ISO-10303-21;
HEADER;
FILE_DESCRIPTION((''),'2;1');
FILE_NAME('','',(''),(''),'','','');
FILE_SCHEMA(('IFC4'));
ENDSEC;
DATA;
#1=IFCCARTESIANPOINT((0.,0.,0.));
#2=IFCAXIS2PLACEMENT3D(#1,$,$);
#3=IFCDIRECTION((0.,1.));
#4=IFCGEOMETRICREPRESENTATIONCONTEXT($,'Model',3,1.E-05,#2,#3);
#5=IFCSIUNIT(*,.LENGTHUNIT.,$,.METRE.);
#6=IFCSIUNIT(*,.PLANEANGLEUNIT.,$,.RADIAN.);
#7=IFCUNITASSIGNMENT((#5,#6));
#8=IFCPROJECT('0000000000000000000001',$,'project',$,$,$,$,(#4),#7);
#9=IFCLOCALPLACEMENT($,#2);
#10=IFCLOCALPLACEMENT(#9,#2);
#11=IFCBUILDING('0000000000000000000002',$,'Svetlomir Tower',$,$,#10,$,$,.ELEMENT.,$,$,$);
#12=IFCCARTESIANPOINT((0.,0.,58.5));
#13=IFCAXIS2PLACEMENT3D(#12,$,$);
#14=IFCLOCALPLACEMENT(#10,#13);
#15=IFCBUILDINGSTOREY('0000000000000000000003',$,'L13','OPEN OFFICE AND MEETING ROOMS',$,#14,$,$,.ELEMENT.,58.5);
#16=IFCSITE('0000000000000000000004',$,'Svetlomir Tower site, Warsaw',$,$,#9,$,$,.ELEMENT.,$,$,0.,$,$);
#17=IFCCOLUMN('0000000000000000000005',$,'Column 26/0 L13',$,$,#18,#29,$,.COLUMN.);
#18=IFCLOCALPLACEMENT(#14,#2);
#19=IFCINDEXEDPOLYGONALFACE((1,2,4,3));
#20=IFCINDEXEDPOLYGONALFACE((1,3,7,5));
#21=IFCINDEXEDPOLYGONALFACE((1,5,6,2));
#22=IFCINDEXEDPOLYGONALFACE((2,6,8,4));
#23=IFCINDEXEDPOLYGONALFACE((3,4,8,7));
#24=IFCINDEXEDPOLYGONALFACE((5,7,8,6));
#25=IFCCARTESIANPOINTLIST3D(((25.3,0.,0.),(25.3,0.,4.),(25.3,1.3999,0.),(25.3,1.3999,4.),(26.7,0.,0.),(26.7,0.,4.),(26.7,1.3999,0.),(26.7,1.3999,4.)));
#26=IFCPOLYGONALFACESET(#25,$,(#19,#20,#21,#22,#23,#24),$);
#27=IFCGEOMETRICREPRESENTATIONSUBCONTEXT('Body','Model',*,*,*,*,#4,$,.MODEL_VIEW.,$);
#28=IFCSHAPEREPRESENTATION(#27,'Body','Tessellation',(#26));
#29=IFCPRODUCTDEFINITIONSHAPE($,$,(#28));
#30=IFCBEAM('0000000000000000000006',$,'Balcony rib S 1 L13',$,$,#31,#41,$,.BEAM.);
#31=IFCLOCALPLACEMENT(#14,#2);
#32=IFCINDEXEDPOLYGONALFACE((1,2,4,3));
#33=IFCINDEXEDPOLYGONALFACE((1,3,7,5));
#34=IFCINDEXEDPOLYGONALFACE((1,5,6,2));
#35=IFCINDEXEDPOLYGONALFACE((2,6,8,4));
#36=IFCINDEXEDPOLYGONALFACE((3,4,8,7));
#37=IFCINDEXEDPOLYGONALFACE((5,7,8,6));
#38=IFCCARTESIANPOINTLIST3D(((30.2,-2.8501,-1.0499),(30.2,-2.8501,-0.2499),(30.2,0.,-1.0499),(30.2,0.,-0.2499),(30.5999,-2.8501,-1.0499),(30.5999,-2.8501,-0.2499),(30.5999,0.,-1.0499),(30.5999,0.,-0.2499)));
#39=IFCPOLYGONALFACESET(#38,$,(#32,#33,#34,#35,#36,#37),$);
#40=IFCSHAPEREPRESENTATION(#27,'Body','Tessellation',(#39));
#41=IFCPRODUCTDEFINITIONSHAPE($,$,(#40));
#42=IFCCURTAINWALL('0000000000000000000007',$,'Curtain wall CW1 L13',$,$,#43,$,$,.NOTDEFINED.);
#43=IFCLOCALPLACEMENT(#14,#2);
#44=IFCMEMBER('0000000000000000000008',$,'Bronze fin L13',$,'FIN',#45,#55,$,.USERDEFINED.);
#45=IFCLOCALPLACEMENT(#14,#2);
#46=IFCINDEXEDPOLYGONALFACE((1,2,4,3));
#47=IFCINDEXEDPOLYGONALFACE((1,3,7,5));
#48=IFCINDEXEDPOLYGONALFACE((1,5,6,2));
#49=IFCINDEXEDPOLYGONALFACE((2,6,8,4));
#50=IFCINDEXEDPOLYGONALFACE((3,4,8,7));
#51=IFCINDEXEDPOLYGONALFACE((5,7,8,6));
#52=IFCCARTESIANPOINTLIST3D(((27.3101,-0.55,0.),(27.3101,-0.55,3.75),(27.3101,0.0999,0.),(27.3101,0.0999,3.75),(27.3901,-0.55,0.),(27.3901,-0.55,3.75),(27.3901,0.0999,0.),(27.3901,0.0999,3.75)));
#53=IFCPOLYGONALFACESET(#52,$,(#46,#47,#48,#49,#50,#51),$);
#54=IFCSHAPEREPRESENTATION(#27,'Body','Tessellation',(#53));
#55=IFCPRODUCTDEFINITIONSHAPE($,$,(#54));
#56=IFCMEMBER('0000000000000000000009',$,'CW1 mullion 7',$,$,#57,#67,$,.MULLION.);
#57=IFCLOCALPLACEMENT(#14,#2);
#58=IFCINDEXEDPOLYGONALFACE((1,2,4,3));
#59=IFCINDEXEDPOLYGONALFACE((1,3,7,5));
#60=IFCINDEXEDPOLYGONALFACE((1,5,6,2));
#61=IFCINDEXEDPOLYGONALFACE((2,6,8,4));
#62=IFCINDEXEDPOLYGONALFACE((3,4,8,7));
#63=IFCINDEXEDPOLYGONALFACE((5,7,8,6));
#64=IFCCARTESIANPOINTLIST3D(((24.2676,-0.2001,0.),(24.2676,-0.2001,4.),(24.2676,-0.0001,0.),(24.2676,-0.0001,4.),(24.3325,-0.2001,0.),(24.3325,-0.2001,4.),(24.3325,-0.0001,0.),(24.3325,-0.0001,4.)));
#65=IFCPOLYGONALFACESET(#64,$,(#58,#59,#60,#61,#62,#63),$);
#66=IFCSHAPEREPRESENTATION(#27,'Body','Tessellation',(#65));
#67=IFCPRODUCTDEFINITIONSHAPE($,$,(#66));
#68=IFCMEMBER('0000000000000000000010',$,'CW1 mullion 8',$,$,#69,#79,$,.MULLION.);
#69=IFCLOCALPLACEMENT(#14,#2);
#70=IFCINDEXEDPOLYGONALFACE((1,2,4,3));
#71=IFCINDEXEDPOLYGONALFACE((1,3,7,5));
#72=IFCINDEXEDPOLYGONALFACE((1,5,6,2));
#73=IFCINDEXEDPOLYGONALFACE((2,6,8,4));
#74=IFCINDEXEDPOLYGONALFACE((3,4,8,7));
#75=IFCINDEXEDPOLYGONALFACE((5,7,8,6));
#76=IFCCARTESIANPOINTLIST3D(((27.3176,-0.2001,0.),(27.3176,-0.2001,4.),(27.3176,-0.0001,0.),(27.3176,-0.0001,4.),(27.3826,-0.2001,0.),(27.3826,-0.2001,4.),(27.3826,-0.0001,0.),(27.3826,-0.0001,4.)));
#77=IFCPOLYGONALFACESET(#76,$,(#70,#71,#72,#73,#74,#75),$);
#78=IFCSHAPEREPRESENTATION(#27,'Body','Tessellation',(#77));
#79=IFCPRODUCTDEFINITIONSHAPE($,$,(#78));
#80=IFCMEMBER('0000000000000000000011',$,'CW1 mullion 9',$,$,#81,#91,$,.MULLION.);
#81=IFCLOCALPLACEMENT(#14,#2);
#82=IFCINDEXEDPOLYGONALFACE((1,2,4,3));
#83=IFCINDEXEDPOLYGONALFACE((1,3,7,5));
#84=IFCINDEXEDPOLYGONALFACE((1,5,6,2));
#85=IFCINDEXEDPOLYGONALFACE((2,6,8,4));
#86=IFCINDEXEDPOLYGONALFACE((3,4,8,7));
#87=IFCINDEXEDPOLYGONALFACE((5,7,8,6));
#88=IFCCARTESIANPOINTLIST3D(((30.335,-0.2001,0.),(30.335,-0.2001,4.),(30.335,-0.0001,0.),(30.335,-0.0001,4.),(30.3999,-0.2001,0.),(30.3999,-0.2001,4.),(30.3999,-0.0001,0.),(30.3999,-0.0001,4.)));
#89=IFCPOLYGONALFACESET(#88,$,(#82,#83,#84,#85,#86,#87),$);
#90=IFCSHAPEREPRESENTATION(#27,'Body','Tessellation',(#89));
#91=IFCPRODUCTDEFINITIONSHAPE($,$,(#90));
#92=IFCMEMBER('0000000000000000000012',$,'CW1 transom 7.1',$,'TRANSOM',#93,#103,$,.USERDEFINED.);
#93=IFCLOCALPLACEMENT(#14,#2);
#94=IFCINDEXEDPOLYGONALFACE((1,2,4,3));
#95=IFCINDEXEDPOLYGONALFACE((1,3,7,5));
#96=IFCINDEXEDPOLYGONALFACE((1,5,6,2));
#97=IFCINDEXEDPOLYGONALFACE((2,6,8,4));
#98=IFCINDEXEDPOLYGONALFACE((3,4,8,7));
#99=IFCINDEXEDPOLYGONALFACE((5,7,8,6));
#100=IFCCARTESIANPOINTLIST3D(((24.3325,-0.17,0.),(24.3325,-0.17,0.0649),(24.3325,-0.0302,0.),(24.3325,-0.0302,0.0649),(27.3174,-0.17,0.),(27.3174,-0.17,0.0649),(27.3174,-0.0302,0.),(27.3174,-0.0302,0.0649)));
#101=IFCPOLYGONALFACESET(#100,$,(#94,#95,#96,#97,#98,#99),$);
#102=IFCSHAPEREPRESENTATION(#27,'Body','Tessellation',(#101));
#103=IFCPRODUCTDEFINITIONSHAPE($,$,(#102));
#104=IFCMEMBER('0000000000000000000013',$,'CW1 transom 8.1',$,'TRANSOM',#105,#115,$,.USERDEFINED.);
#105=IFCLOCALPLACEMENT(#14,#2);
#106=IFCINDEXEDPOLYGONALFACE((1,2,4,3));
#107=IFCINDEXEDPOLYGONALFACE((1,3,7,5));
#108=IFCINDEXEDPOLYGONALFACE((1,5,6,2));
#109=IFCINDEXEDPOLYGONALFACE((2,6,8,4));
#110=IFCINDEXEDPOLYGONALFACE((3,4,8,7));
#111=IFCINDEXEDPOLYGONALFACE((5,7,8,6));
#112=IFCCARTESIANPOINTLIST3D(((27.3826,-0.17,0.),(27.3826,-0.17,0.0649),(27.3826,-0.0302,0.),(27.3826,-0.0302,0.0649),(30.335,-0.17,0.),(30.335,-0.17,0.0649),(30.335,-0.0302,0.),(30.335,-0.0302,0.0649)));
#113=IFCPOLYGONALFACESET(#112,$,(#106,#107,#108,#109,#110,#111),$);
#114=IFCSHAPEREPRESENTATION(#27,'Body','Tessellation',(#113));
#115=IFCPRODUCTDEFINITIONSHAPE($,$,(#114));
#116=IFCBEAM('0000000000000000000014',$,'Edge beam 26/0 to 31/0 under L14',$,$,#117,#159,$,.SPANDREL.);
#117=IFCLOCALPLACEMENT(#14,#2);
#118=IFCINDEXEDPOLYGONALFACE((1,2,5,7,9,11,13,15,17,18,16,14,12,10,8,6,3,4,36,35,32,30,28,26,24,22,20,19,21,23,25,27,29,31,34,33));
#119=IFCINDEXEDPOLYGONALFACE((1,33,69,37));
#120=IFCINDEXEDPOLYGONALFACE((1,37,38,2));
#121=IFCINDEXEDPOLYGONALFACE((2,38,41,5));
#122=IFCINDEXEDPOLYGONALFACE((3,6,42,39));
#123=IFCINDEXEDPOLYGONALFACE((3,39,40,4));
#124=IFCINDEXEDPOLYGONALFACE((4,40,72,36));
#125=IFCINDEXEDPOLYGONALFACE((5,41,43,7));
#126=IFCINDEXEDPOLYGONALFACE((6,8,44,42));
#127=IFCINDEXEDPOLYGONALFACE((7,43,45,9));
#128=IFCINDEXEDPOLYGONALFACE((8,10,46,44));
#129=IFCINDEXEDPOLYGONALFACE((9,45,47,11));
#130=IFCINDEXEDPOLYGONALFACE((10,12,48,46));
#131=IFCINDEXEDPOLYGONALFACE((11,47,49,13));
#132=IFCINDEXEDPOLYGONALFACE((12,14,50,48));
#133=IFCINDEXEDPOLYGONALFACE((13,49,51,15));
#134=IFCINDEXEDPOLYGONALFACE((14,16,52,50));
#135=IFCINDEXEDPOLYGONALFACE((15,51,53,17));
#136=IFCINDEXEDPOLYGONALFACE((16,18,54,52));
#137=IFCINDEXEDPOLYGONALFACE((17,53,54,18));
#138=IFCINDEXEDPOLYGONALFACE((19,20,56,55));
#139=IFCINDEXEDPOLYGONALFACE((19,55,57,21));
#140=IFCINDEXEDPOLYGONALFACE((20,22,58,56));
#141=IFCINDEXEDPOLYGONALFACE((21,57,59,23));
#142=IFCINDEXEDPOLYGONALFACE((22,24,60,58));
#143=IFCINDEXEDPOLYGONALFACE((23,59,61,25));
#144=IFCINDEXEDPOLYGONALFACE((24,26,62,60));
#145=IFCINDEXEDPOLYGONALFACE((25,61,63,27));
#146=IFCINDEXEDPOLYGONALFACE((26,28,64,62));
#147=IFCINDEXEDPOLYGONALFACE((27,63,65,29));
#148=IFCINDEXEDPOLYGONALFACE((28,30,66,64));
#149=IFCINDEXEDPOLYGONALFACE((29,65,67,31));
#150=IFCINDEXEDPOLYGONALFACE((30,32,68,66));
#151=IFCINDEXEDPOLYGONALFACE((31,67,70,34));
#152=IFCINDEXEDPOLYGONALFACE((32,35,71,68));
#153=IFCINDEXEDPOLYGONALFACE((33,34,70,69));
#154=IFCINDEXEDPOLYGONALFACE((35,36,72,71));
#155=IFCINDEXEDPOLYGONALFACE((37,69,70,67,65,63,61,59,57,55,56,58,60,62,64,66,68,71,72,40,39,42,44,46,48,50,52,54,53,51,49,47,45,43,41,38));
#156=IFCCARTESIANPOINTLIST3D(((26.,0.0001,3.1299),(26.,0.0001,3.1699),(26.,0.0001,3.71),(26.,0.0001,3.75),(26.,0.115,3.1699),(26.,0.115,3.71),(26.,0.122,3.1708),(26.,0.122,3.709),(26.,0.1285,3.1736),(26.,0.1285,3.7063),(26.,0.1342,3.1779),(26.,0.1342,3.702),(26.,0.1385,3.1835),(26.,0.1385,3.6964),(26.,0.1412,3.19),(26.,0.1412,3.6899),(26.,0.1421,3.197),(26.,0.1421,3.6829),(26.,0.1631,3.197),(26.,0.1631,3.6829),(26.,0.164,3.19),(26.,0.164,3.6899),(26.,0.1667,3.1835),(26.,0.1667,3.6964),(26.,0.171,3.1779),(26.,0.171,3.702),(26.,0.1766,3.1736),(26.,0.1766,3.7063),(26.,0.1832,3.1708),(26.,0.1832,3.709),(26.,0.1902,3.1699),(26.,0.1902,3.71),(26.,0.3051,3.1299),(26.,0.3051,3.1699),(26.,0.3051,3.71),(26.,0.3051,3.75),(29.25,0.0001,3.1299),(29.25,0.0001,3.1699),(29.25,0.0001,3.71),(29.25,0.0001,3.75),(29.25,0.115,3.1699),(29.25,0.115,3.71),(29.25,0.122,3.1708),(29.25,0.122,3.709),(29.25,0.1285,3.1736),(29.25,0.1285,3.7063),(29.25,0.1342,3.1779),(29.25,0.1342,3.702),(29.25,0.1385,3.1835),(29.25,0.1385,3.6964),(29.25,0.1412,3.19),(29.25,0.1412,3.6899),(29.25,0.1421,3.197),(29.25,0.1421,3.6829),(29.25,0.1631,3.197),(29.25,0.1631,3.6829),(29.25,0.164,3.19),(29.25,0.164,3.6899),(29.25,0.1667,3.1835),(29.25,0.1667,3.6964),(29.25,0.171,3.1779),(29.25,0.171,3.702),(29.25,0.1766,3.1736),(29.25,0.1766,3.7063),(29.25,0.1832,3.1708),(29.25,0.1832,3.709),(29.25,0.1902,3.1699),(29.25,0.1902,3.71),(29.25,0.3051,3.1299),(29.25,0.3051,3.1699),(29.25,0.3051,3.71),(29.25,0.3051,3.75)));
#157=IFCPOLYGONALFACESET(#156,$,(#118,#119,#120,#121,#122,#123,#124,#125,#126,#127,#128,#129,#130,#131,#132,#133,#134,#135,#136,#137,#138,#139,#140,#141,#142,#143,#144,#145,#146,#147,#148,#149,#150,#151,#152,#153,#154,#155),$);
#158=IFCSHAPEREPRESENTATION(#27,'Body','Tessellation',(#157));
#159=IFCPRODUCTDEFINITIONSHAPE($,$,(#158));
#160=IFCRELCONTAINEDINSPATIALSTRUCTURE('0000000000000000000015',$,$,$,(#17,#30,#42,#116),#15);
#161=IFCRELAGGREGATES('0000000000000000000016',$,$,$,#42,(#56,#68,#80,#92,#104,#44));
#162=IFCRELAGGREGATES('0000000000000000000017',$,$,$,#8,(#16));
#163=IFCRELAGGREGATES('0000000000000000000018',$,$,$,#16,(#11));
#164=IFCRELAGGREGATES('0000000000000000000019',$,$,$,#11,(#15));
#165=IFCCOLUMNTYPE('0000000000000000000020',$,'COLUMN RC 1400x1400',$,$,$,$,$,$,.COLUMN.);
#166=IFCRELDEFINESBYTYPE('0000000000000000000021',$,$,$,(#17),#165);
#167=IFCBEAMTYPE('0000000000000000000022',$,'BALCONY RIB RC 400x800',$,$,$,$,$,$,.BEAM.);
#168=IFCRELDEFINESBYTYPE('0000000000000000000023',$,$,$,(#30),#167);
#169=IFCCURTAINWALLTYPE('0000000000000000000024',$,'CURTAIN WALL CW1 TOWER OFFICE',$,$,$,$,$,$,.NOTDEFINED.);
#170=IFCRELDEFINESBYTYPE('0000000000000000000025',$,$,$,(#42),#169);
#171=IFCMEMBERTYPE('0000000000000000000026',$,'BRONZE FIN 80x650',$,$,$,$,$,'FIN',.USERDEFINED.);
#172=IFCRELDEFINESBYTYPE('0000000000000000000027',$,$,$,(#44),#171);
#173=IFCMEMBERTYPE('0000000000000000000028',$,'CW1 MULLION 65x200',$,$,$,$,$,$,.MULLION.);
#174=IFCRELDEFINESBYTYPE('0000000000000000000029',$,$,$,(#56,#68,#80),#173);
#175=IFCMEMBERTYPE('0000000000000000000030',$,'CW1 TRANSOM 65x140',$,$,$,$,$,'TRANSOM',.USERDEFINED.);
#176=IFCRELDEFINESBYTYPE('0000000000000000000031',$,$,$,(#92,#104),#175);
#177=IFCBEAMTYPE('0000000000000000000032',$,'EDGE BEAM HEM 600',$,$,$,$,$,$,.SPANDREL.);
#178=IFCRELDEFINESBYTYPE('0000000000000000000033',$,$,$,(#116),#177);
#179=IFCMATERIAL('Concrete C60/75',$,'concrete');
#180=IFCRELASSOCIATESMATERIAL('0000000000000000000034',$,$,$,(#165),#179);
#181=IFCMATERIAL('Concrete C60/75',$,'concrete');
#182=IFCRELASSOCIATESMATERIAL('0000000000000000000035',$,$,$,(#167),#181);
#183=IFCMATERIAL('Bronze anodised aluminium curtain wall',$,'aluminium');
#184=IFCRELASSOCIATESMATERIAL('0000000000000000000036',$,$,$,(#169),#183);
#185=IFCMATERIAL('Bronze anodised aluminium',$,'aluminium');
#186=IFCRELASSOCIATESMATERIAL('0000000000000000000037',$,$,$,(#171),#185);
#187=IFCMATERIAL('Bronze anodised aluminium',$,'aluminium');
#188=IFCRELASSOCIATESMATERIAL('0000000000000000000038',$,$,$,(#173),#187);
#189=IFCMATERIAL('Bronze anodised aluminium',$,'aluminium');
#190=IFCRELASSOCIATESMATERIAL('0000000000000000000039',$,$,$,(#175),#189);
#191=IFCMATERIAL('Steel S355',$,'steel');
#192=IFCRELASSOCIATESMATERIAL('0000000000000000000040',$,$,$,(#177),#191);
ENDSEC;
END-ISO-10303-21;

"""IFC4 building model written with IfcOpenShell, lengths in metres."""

from ifc_helpers import new_model, si_unit, direction, frame, origin, origin_2d, place, context, subcontext, project, spatial, rectangle, i_section, extrude, material, material_profile, profile_set, type_object, element, aggregate, save


model = new_model("IFC4")

# Units and contexts
model_context = context("Model", 3, precision=1e-05, world=origin(), true_north=direction((0.0, 1.0)))
body_context = subcontext(model_context, "Body", "Model", "MODEL_VIEW")
ifc_project = project(units=[si_unit("LENGTHUNIT", "METRE"), si_unit("PLANEANGLEUNIT", "RADIAN")], contexts=[model_context])

# Site, building, storey
site_placement = place(None, origin())
site = spatial("IfcSite", under=ifc_project, at=site_placement, Name="Svetlomir Tower site, Warsaw", CompositionType="ELEMENT", RefElevation=0.0)
building_placement = place(site_placement, origin())
building = spatial("IfcBuilding", under=site, at=building_placement, Name="Svetlomir Tower", CompositionType="ELEMENT")
storey_placement = place(building_placement, frame((0.0, 0.0, 58.5)))
storey = spatial("IfcBuildingStorey", under=building, at=storey_placement, Name="L13", Description="OPEN OFFICE AND MEETING ROOMS", CompositionType="ELEMENT", Elevation=58.5)

# Column
ifc_material_1 = material(Name="Concrete C60/75", Category="concrete")
ifc_material_profile_1 = material_profile(ifc_material_1, rectangle(XDim=1.3999, YDim=1.3999, at=origin_2d()), Name="RC 1400x1400")
ifc_profile_set_1 = profile_set([ifc_material_profile_1], Name="Concrete C60/75")
column_type = type_object("IfcColumnType", Name="COLUMN RC 1400x1400", PredefinedType="COLUMN", material=ifc_profile_set_1)
column_placement = place(storey_placement, frame((26.0, 0.7, 0.0), z_axis=(0.0, 0.0, 1.0), x_axis=(1.0, 0.0, 0.0)))
element("IfcColumn", 1, at=column_placement, inside=storey, type_object=column_type, Name="Column 26/0 L13", PredefinedType="COLUMN", context=body_context, shape_type="SweptSolid", body=[
    extrude(rectangle(XDim=1.3999, YDim=1.3999, at=origin_2d()), origin(), (0.0, 0.0, 1.0), 4.0),
])

# Beam
ifc_material_2 = material(Name="Concrete C60/75", Category="concrete")
ifc_material_profile_2 = material_profile(ifc_material_2, rectangle(XDim=0.3999, YDim=0.8, at=origin_2d()), Name="RC 400x800")
ifc_profile_set_2 = profile_set([ifc_material_profile_2], Name="Concrete C60/75")
beam_type_1 = type_object("IfcBeamType", Name="BALCONY RIB RC 400x800", PredefinedType="BEAM", material=ifc_profile_set_2)
beam_1_placement = place(storey_placement, frame((30.3999, 0.0, -0.6499), z_axis=(0.0, -1.0, 0.0), x_axis=(1.0, 0.0, 0.0)))
element("IfcBeam", 2, at=beam_1_placement, inside=storey, type_object=beam_type_1, Name="Balcony rib S 1 L13", PredefinedType="BEAM", context=body_context, shape_type="SweptSolid", body=[
    extrude(rectangle(XDim=0.3999, YDim=0.8, at=origin_2d()), origin(), (0.0, 0.0, 1.0), 2.8501),
])

# Curtain wall, members
ifc_material_3 = material(Name="Bronze anodised aluminium curtain wall", Category="aluminium")
curtain_wall_type = type_object("IfcCurtainWallType", Name="CURTAIN WALL CW1 TOWER OFFICE", PredefinedType="NOTDEFINED", material=ifc_material_3)
curtain_wall_placement = place(storey_placement, origin())
curtain_wall = element("IfcCurtainWall", 3, at=curtain_wall_placement, inside=storey, type_object=curtain_wall_type, Name="Curtain wall CW1 L13", PredefinedType="NOTDEFINED")
ifc_material_4 = material(Name="Bronze anodised aluminium", Category="aluminium")
ifc_material_profile_3 = material_profile(ifc_material_4, rectangle(XDim=0.0801, YDim=0.6499, at=origin_2d()), Name="FIN 80x650")
ifc_profile_set_3 = profile_set([ifc_material_profile_3], Name="Bronze anodised aluminium 6063-T6")
member_type_1 = type_object("IfcMemberType", Name="BRONZE FIN 80x650", ElementType="FIN", PredefinedType="USERDEFINED", material=ifc_profile_set_3)
member_1_placement = place(storey_placement, frame((27.3501, -0.2251, 0.0), z_axis=(0.0, 0.0, 1.0), x_axis=(1.0, 0.0, 0.0)))
member_1 = element("IfcMember", 4, at=member_1_placement, type_object=member_type_1, Name="Bronze fin L13", ObjectType="FIN", PredefinedType="USERDEFINED", context=body_context, shape_type="SweptSolid", body=[
    extrude(rectangle(XDim=0.0801, YDim=0.6499, at=origin_2d()), origin(), (0.0, 0.0, 1.0), 3.75),
])
ifc_material_5 = material(Name="Bronze anodised aluminium", Category="aluminium")
ifc_material_profile_4 = material_profile(ifc_material_5, rectangle(XDim=0.0649, YDim=0.2, at=origin_2d()), Name="AL 65x200")
ifc_profile_set_4 = profile_set([ifc_material_profile_4], Name="Bronze anodised aluminium 6063-T6")
member_type_2 = type_object("IfcMemberType", Name="CW1 MULLION 65x200", PredefinedType="MULLION", material=ifc_profile_set_4)
member_2_placement = place(storey_placement, frame((24.3, -0.1001, 0.0), z_axis=(0.0, 0.0, 1.0), x_axis=(1.0, 0.0, 0.0)))
member_2 = element("IfcMember", 5, at=member_2_placement, type_object=member_type_2, Name="CW1 mullion 7", PredefinedType="MULLION", context=body_context, shape_type="SweptSolid", body=[
    extrude(rectangle(XDim=0.0649, YDim=0.2, at=origin_2d()), origin(), (0.0, 0.0, 1.0), 4.0),
])
member_3_placement = place(storey_placement, frame((27.3501, -0.1001, 0.0), z_axis=(0.0, 0.0, 1.0), x_axis=(1.0, 0.0, 0.0)))
member_3 = element("IfcMember", 6, at=member_3_placement, type_object=member_type_2, Name="CW1 mullion 8", PredefinedType="MULLION", context=body_context, shape_type="SweptSolid", body=[
    extrude(rectangle(XDim=0.0649, YDim=0.2, at=origin_2d()), origin(), (0.0, 0.0, 1.0), 4.0),
])
member_4_placement = place(storey_placement, frame((30.3674, -0.1001, 0.0), z_axis=(0.0, 0.0, 1.0), x_axis=(1.0, 0.0, 0.0)))
member_4 = element("IfcMember", 7, at=member_4_placement, type_object=member_type_2, Name="CW1 mullion 9", PredefinedType="MULLION", context=body_context, shape_type="SweptSolid", body=[
    extrude(rectangle(XDim=0.0649, YDim=0.2, at=origin_2d()), origin(), (0.0, 0.0, 1.0), 4.0),
])
ifc_material_6 = material(Name="Bronze anodised aluminium", Category="aluminium")
ifc_material_profile_5 = material_profile(ifc_material_6, rectangle(XDim=0.1399, YDim=0.0649, at=origin_2d()), Name="AL 140x65")
ifc_profile_set_5 = profile_set([ifc_material_profile_5], Name="Bronze anodised aluminium 6063-T6")
member_type_3 = type_object("IfcMemberType", Name="CW1 TRANSOM 65x140", ElementType="TRANSOM", PredefinedType="USERDEFINED", material=ifc_profile_set_5)
member_5_placement = place(storey_placement, frame((24.3325, -0.1001, 0.0325), z_axis=(1.0, 0.0, 0.0), x_axis=(0.0, 1.0, 0.0)))
member_5 = element("IfcMember", 8, at=member_5_placement, type_object=member_type_3, Name="CW1 transom 7.1", ObjectType="TRANSOM", PredefinedType="USERDEFINED", context=body_context, shape_type="SweptSolid", body=[
    extrude(rectangle(XDim=0.1399, YDim=0.0649, at=origin_2d()), origin(), (0.0, 0.0, 1.0), 2.9849),
])
member_6_placement = place(storey_placement, frame((27.3826, -0.1001, 0.0325), z_axis=(1.0, 0.0, 0.0), x_axis=(0.0, 1.0, 0.0)))
member_6 = element("IfcMember", 9, at=member_6_placement, type_object=member_type_3, Name="CW1 transom 8.1", ObjectType="TRANSOM", PredefinedType="USERDEFINED", context=body_context, shape_type="SweptSolid", body=[
    extrude(rectangle(XDim=0.1399, YDim=0.0649, at=origin_2d()), origin(), (0.0, 0.0, 1.0), 2.9524),
])

# Beam
ifc_material_7 = material(Name="Steel S355", Category="steel")
ifc_material_profile_6 = material_profile(ifc_material_7, i_section(OverallWidth=0.3049, OverallDepth=0.6201, WebThickness=0.021, FlangeThickness=0.04, FilletRadius=0.0271, at=origin_2d()), Name="HEM 600")
ifc_profile_set_6 = profile_set([ifc_material_profile_6], Name="Steel S355")
beam_type_2 = type_object("IfcBeamType", Name="EDGE BEAM HEM 600", PredefinedType="SPANDREL", material=ifc_profile_set_6)
beam_2_placement = place(storey_placement, frame((26.0, 0.1526, 3.4399), z_axis=(1.0, 0.0, 0.0), x_axis=(0.0, 1.0, 0.0)))
element("IfcBeam", 10, at=beam_2_placement, inside=storey, type_object=beam_type_2, Name="Edge beam 26/0 to 31/0 under L14", PredefinedType="SPANDREL", context=body_context, shape_type="SweptSolid", body=[
    extrude(i_section(OverallWidth=0.3049, OverallDepth=0.6201, WebThickness=0.021, FlangeThickness=0.04, FilletRadius=0.0271, at=origin_2d()), origin(), (0.0, 0.0, 1.0), 3.25),
])

aggregate(curtain_wall, [member_2, member_3, member_4, member_5, member_6, member_1])

save(model, "model.ifc")
